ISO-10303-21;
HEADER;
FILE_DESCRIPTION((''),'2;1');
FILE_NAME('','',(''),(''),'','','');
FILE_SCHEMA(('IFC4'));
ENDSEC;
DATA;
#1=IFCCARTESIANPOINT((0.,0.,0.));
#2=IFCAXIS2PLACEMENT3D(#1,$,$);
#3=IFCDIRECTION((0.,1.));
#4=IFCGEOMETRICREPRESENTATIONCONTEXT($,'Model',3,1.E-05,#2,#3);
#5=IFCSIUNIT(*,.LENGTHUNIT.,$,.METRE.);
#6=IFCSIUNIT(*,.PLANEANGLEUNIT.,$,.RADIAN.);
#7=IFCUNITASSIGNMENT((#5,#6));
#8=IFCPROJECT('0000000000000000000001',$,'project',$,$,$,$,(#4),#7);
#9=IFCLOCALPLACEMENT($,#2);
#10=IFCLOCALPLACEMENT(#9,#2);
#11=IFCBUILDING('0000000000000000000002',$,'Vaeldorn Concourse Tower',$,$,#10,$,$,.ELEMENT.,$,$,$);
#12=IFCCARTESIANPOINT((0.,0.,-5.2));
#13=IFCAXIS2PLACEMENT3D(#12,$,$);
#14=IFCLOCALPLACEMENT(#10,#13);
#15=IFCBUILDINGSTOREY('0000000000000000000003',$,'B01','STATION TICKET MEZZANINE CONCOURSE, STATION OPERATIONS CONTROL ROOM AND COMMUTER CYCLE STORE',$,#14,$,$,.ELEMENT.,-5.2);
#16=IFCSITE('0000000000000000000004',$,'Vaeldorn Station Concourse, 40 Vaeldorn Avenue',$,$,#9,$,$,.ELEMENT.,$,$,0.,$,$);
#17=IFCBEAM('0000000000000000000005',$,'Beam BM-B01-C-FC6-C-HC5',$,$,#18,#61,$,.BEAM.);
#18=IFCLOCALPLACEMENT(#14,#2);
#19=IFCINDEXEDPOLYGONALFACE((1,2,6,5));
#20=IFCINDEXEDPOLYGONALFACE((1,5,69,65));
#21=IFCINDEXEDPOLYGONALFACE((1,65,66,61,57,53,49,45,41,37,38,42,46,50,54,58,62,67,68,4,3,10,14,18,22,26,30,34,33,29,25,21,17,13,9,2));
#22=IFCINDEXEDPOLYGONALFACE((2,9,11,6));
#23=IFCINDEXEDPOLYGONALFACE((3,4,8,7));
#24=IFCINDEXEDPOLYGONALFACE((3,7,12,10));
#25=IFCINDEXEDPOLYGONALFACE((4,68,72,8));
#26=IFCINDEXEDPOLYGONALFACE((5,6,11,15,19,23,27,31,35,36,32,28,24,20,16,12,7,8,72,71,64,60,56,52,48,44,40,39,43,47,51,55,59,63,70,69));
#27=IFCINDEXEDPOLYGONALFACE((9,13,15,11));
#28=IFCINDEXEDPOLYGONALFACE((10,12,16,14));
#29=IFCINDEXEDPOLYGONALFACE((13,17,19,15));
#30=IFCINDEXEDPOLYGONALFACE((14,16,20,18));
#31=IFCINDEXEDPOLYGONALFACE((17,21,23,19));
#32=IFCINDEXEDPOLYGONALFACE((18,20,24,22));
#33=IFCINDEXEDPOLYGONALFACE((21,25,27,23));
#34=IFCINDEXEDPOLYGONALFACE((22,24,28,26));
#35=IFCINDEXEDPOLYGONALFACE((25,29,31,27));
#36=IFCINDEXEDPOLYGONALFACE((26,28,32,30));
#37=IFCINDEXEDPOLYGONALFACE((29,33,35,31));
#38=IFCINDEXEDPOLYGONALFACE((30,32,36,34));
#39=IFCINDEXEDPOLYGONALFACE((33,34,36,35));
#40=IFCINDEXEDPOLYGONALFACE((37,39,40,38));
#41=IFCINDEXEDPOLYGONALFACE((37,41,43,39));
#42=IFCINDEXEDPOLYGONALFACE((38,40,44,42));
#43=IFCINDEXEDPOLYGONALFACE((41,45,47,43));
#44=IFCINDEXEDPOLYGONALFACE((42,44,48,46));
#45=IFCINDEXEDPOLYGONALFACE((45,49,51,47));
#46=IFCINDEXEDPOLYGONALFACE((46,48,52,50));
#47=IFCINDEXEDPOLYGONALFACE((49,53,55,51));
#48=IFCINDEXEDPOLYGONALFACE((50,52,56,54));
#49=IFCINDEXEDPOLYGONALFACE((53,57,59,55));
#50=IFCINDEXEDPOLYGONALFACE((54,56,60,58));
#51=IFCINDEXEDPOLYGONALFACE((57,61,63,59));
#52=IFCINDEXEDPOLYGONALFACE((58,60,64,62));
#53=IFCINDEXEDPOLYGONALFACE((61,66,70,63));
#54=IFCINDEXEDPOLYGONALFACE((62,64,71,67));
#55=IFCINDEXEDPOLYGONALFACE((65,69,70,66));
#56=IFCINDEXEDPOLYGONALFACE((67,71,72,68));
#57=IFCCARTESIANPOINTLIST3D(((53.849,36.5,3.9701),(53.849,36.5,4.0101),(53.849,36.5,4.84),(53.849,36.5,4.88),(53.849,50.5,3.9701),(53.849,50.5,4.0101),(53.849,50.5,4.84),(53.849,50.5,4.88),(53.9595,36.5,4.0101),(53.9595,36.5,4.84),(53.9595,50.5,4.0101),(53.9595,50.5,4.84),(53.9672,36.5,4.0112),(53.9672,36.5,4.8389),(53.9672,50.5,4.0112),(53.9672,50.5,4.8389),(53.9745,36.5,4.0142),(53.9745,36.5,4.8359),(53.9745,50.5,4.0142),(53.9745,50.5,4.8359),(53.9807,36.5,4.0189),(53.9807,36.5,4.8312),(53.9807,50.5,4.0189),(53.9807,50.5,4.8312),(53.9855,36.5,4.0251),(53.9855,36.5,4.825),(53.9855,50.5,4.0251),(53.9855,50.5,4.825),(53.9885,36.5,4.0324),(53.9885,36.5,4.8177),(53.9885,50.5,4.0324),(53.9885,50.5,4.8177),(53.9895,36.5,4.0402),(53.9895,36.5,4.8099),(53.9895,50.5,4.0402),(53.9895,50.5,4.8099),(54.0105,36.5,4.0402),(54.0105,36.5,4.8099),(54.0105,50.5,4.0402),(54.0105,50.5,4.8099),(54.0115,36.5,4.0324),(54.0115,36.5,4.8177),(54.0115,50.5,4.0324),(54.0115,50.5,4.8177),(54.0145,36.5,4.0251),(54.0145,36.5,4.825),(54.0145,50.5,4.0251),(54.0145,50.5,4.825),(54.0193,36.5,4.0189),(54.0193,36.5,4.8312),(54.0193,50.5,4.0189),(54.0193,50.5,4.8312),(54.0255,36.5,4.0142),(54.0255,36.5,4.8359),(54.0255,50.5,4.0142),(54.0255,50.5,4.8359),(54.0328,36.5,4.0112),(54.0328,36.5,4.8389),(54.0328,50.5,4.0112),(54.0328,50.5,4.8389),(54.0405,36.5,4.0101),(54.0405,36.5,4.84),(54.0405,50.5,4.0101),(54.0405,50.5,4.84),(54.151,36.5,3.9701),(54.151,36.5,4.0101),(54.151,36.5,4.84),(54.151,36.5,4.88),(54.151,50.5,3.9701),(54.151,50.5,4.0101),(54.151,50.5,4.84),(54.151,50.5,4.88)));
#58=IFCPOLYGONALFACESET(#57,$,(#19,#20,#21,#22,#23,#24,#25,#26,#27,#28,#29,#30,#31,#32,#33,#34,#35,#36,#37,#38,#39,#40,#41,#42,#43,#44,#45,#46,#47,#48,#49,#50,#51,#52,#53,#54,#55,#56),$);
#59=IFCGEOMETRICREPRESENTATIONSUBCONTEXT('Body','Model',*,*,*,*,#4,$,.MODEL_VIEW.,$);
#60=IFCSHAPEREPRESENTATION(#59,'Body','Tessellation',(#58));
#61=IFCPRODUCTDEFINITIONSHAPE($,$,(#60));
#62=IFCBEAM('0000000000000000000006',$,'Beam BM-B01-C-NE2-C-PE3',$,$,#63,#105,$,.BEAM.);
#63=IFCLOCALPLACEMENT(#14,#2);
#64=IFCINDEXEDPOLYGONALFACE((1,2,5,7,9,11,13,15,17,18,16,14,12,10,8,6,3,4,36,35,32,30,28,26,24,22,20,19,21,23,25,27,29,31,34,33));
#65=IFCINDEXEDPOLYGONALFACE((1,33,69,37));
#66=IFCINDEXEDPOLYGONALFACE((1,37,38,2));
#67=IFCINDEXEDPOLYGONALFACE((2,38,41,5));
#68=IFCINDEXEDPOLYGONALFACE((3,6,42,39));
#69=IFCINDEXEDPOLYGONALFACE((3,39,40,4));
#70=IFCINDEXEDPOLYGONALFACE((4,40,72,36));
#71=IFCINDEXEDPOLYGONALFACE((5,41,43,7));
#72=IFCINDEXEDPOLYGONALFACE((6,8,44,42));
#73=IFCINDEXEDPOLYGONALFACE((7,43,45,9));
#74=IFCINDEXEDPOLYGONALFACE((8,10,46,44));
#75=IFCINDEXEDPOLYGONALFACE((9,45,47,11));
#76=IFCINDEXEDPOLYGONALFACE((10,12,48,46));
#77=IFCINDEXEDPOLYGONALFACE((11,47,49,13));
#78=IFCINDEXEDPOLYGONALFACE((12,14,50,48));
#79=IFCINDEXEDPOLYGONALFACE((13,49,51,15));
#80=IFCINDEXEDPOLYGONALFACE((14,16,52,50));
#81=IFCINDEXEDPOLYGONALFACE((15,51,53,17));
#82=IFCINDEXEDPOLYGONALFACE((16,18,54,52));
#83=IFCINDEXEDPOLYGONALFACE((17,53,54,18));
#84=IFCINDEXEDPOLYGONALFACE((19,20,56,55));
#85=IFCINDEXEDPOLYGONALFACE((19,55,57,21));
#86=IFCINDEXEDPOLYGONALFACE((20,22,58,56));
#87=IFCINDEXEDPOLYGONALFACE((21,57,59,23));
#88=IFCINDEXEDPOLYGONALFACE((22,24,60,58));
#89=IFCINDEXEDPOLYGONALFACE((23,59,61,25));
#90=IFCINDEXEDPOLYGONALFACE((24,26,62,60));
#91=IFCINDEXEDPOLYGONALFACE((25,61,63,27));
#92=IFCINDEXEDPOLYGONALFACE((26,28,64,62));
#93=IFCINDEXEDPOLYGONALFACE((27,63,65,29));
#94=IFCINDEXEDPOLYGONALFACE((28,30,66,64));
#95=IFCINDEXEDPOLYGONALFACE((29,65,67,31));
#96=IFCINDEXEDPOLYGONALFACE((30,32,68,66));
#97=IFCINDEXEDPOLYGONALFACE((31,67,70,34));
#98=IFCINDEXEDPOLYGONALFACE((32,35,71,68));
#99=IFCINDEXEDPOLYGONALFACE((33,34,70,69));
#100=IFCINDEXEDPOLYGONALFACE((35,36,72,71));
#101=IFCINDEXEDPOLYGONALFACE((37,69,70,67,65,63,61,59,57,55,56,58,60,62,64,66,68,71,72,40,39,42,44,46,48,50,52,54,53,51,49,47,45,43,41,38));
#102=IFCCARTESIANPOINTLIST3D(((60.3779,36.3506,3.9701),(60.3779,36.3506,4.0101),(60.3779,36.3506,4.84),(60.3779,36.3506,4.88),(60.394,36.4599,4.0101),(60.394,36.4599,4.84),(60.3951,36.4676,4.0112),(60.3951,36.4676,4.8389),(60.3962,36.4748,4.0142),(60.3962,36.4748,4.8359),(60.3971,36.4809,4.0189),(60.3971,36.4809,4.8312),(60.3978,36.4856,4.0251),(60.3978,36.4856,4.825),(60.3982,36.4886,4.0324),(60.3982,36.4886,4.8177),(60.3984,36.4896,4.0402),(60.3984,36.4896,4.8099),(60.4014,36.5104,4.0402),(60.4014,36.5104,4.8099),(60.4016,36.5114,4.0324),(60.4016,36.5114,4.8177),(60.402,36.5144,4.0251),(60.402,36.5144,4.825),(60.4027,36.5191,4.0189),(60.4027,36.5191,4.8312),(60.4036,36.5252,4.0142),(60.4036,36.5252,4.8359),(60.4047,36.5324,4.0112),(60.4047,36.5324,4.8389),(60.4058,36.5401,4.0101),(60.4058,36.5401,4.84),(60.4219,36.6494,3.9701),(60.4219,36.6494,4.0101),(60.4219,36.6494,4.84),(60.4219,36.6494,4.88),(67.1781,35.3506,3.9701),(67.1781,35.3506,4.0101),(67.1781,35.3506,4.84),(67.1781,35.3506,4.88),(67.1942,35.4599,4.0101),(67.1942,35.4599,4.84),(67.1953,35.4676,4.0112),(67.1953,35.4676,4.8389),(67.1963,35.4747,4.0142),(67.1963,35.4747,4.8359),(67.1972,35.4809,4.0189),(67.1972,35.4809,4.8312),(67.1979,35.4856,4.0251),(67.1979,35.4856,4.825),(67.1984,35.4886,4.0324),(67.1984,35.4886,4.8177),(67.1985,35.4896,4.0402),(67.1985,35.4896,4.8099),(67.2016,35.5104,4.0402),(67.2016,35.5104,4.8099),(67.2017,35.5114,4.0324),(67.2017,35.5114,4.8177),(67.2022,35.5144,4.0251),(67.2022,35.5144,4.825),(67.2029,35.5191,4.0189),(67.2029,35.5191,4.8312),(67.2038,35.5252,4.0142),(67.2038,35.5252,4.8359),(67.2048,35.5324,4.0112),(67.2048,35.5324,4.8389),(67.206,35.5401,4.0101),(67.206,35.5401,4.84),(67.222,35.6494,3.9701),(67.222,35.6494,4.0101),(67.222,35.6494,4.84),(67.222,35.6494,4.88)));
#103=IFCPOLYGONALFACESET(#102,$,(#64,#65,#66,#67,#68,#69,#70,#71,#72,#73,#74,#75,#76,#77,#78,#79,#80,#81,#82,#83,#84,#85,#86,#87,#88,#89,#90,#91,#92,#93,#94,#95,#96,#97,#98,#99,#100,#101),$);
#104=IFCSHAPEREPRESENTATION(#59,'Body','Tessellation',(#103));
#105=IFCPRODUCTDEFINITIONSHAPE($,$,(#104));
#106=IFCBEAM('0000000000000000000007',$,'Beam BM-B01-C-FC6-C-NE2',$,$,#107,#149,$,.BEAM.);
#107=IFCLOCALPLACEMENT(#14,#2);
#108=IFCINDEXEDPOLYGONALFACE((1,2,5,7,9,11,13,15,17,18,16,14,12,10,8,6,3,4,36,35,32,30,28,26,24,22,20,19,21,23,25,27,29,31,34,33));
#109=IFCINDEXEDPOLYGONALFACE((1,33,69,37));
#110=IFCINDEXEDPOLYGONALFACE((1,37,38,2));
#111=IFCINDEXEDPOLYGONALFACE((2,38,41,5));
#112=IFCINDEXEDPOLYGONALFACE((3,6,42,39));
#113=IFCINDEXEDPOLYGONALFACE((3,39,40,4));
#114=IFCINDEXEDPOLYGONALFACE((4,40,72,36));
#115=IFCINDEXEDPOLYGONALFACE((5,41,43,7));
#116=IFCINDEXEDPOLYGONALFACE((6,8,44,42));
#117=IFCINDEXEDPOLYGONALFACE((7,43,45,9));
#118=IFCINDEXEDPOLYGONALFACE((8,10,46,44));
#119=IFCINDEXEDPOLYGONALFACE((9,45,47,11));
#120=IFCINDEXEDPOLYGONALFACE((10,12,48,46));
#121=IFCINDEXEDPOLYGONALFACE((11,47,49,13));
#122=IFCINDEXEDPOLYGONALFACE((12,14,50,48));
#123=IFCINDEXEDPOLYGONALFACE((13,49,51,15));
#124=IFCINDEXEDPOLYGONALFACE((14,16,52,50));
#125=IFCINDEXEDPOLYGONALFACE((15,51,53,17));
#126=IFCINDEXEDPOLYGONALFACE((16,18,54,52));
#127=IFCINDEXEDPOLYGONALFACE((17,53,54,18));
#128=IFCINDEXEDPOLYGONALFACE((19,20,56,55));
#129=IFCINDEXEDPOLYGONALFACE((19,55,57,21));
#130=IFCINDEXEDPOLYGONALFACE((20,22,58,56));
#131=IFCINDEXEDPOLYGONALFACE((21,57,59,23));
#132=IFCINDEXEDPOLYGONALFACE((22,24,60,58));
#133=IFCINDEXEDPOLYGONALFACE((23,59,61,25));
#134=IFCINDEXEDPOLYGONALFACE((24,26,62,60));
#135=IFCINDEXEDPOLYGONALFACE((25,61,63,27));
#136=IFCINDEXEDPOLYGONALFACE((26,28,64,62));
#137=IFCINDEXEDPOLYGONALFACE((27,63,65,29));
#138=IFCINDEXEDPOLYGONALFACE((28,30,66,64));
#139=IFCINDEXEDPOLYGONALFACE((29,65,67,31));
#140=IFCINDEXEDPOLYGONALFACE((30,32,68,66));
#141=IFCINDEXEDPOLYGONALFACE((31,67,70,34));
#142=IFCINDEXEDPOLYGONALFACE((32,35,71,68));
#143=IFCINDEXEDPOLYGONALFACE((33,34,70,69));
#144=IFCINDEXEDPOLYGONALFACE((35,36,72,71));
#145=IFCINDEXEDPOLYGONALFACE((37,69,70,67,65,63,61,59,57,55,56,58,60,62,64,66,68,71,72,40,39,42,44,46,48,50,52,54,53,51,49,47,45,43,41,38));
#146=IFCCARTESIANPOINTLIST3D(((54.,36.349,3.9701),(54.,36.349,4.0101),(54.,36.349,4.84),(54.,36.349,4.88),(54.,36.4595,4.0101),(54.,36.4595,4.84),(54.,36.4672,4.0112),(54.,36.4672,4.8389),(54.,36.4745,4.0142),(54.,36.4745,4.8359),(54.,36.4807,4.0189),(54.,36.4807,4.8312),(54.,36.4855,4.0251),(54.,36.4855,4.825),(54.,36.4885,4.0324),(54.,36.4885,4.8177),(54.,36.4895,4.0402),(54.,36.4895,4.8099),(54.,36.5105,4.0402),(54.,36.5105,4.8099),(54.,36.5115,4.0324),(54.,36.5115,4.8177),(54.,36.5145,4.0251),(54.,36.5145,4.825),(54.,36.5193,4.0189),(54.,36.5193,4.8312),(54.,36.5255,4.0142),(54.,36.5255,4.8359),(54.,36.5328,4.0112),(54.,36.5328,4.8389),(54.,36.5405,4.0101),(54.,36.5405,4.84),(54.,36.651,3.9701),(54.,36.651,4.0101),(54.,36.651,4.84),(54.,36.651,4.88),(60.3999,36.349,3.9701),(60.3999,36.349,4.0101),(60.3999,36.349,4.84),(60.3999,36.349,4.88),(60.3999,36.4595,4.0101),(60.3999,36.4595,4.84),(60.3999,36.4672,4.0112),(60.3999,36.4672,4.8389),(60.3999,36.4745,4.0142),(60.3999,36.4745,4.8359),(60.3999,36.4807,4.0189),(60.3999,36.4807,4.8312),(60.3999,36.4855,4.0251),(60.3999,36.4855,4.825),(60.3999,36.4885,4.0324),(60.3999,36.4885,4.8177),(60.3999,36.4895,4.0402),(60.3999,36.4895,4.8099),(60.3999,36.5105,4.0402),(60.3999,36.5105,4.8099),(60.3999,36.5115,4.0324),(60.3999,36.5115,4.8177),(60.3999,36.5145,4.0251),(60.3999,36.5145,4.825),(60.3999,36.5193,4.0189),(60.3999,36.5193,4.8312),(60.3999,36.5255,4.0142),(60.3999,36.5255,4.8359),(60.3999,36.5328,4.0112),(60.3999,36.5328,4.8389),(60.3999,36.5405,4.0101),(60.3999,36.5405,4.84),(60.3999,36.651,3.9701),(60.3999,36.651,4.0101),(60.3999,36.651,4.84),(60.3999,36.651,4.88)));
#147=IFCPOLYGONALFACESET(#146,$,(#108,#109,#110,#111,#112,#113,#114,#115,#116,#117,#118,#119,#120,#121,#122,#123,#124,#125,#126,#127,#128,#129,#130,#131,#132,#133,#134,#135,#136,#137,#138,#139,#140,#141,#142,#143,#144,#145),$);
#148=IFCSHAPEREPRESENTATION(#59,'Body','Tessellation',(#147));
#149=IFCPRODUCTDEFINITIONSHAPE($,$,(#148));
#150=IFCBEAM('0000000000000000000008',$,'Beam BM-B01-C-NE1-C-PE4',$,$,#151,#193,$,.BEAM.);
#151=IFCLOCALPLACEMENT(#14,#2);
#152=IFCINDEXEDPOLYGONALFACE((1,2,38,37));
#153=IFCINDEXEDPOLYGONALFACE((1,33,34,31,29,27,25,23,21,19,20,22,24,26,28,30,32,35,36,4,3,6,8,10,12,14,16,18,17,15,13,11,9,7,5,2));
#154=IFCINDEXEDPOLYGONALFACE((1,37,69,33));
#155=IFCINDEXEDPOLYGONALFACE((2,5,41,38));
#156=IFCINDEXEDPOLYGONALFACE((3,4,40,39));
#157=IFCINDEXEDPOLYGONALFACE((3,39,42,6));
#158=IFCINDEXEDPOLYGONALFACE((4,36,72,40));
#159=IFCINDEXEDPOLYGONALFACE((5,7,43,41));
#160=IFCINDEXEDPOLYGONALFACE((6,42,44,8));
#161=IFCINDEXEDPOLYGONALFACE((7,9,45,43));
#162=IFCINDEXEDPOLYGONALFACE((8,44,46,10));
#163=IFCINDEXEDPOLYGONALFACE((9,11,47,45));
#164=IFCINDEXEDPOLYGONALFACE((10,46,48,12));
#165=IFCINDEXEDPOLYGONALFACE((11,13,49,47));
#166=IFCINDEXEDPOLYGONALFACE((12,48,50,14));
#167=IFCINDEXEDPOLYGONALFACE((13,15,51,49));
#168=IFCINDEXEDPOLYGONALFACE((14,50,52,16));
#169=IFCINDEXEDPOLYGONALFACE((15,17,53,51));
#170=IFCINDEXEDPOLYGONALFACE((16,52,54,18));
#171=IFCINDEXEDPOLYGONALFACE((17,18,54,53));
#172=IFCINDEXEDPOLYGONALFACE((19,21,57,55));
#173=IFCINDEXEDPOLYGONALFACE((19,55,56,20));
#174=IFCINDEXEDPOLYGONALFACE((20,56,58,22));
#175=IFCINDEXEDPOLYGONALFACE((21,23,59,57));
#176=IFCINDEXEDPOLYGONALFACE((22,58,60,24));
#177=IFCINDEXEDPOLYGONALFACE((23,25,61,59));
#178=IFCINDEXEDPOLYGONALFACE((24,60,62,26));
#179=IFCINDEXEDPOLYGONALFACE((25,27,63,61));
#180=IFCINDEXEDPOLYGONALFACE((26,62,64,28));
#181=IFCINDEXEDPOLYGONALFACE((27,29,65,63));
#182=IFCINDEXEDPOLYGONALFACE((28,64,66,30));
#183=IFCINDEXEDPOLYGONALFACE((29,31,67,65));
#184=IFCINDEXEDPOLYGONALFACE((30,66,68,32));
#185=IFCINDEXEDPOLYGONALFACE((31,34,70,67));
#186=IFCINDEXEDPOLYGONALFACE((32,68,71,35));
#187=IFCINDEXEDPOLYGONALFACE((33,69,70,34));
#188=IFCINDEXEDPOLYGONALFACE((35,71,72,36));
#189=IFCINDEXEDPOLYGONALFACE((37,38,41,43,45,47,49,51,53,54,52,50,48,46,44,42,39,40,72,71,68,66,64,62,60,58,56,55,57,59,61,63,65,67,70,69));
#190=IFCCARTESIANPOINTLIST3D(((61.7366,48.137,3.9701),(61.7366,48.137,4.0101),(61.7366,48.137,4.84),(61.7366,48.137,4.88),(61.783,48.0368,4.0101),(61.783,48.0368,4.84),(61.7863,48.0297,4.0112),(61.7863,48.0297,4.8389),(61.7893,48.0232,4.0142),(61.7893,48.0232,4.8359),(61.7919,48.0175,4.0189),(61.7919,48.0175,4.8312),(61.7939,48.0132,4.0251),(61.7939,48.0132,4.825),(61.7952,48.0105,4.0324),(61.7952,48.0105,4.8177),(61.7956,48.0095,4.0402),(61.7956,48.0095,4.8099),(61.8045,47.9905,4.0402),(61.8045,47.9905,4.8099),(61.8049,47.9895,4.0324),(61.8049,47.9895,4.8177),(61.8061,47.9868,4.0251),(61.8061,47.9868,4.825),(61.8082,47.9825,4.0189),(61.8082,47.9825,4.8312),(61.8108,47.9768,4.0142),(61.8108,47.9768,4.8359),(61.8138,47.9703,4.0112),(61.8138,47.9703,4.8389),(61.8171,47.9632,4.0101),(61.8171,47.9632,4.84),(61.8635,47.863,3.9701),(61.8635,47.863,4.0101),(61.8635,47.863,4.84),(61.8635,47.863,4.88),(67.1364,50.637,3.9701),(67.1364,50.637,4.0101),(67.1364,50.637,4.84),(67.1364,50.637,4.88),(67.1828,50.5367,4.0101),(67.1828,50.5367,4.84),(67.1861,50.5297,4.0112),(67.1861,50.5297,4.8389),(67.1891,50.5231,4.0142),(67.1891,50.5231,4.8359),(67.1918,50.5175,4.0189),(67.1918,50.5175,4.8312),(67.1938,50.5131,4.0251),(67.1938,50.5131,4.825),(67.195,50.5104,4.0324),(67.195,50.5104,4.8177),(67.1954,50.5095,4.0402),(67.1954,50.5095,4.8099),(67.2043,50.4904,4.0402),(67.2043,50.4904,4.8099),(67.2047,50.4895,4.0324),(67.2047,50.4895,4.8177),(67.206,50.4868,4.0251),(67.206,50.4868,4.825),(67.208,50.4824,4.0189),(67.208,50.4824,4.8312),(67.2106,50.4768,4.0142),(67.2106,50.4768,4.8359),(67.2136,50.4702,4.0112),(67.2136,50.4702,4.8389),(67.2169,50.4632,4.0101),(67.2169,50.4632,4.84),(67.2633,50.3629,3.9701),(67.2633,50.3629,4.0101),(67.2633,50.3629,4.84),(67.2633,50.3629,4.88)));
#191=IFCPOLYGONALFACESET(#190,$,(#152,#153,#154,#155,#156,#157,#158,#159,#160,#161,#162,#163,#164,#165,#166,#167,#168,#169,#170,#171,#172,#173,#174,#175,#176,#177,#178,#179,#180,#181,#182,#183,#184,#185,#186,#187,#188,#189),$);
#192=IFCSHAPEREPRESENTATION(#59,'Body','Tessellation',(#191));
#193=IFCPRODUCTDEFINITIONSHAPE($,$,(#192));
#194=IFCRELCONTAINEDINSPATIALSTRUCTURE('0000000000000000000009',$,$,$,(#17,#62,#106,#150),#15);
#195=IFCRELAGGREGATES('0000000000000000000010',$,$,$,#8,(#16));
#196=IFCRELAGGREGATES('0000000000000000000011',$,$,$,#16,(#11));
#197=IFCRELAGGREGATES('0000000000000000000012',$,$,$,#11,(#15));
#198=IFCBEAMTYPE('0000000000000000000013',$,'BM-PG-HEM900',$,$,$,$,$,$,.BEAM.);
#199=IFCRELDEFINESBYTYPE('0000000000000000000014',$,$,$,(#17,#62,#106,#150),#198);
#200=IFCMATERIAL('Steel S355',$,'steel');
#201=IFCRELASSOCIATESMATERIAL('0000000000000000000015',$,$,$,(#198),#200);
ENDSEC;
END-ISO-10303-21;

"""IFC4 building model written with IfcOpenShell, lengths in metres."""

from ifc_helpers import new_model, si_unit, direction, frame, origin, origin_2d, place, context, subcontext, project, spatial, i_section, extrude, source, transform, mapped, material, material_profile, profile_set, type_object, element, save


model = new_model("IFC4")

# Units and contexts
model_context = context("Model", 3, precision=1e-05, world=origin(), true_north=direction((0.0, 1.0)))
body_context = subcontext(model_context, "Body", "Model", "MODEL_VIEW")
ifc_project = project(units=[si_unit("LENGTHUNIT", "METRE"), si_unit("PLANEANGLEUNIT", "RADIAN")], contexts=[model_context])

# Site, building, storey
site_placement = place(None, origin())
site = spatial("IfcSite", under=ifc_project, at=site_placement, Name="Vaeldorn Station Concourse, 40 Vaeldorn Avenue", CompositionType="ELEMENT", RefElevation=0.0)
building_placement = place(site_placement, origin())
building = spatial("IfcBuilding", under=site, at=building_placement, Name="Vaeldorn Concourse Tower", CompositionType="ELEMENT")
storey_placement = place(building_placement, frame((0.0, 0.0, -5.2)))
storey = spatial("IfcBuildingStorey", under=building, at=storey_placement, Name="B01", Description="STATION TICKET MEZZANINE CONCOURSE, STATION OPERATIONS CONTROL ROOM AND COMMUTER CYCLE STORE", CompositionType="ELEMENT", Elevation=-5.2)

# Beams
ifc_material_1 = material(Name="Steel S355", Category="steel")
ifc_material_profile_1 = material_profile(ifc_material_1, i_section(OverallWidth=0.302, OverallDepth=0.9099, WebThickness=0.021, FlangeThickness=0.04, FilletRadius=0.03, at=origin_2d()), Name="HEM 900")
ifc_profile_set_1 = profile_set([ifc_material_profile_1], Name="Steel S355")
beam_type_1 = type_object("IfcBeamType", Name="BM-PG-HEM900", PredefinedType="BEAM", material=ifc_profile_set_1)
shared_shape_1 = source(origin(), body_context, "Body", "SweptSolid", [
    extrude(i_section(OverallWidth=0.302, OverallDepth=0.9099, WebThickness=0.021, FlangeThickness=0.04, FilletRadius=0.03, at=origin_2d()), origin(), (0.0, 0.0, 1.0), 14.0),
])
beam_1_placement = place(storey_placement, frame((54.0, 36.5, 4.425), z_axis=(0.0, 1.0, 0.0), x_axis=(-1.0, 0.0, 0.0)))
element("IfcBeam", 1, at=beam_1_placement, inside=storey, type_object=beam_type_1, Name="Beam BM-B01-C-FC6-C-HC5", PredefinedType="BEAM", context=body_context, shape_type="MappedRepresentation", body=[
    mapped(shared_shape_1, transform((0.0, 0.0, 0.0), scale=1.0)),
])
shared_shape_2 = source(origin(), body_context, "Body", "SweptSolid", [
    extrude(i_section(OverallWidth=0.302, OverallDepth=0.9099, WebThickness=0.021, FlangeThickness=0.04, FilletRadius=0.03, at=origin_2d()), origin(), (0.0, 0.0, 1.0), 6.8733),
])
beam_2_placement = place(storey_placement, frame((60.3999, 36.5, 4.425), z_axis=(0.989359, -0.145493, 0.0), x_axis=(0.145493, 0.989359, 0.0)))
element("IfcBeam", 2, at=beam_2_placement, inside=storey, type_object=beam_type_1, Name="Beam BM-B01-C-NE2-C-PE3", PredefinedType="BEAM", context=body_context, shape_type="MappedRepresentation", body=[
    mapped(shared_shape_2, transform((0.0, 0.0, 0.0), scale=1.0)),
])
shared_shape_3 = source(origin(), body_context, "Body", "SweptSolid", [
    extrude(i_section(OverallWidth=0.302, OverallDepth=0.9099, WebThickness=0.021, FlangeThickness=0.04, FilletRadius=0.03, at=origin_2d()), origin(), (0.0, 0.0, 1.0), 6.3999),
])
beam_3_placement = place(storey_placement, frame((54.0, 36.5, 4.425), z_axis=(1.0, 0.0, 0.0), x_axis=(0.0, 1.0, 0.0)))
element("IfcBeam", 3, at=beam_3_placement, inside=storey, type_object=beam_type_1, Name="Beam BM-B01-C-FC6-C-NE2", PredefinedType="BEAM", context=body_context, shape_type="MappedRepresentation", body=[
    mapped(shared_shape_3, transform((0.0, 0.0, 0.0), scale=1.0)),
])
shared_shape_4 = source(origin(), body_context, "Body", "SweptSolid", [
    extrude(i_section(OverallWidth=0.302, OverallDepth=0.9099, WebThickness=0.021, FlangeThickness=0.04, FilletRadius=0.03, at=origin_2d()), origin(), (0.0, 0.0, 1.0), 5.9504),
])
beam_4_placement = place(storey_placement, frame((61.8, 48.0, 4.425), z_axis=(0.907464, 0.42013, 0.0), x_axis=(-0.42013, 0.907464, 0.0)))
element("IfcBeam", 4, at=beam_4_placement, inside=storey, type_object=beam_type_1, Name="Beam BM-B01-C-NE1-C-PE4", PredefinedType="BEAM", context=body_context, shape_type="MappedRepresentation", body=[
    mapped(shared_shape_4, transform((0.0, 0.0, 0.0), scale=1.0)),
])

save(model, "model.ifc")
